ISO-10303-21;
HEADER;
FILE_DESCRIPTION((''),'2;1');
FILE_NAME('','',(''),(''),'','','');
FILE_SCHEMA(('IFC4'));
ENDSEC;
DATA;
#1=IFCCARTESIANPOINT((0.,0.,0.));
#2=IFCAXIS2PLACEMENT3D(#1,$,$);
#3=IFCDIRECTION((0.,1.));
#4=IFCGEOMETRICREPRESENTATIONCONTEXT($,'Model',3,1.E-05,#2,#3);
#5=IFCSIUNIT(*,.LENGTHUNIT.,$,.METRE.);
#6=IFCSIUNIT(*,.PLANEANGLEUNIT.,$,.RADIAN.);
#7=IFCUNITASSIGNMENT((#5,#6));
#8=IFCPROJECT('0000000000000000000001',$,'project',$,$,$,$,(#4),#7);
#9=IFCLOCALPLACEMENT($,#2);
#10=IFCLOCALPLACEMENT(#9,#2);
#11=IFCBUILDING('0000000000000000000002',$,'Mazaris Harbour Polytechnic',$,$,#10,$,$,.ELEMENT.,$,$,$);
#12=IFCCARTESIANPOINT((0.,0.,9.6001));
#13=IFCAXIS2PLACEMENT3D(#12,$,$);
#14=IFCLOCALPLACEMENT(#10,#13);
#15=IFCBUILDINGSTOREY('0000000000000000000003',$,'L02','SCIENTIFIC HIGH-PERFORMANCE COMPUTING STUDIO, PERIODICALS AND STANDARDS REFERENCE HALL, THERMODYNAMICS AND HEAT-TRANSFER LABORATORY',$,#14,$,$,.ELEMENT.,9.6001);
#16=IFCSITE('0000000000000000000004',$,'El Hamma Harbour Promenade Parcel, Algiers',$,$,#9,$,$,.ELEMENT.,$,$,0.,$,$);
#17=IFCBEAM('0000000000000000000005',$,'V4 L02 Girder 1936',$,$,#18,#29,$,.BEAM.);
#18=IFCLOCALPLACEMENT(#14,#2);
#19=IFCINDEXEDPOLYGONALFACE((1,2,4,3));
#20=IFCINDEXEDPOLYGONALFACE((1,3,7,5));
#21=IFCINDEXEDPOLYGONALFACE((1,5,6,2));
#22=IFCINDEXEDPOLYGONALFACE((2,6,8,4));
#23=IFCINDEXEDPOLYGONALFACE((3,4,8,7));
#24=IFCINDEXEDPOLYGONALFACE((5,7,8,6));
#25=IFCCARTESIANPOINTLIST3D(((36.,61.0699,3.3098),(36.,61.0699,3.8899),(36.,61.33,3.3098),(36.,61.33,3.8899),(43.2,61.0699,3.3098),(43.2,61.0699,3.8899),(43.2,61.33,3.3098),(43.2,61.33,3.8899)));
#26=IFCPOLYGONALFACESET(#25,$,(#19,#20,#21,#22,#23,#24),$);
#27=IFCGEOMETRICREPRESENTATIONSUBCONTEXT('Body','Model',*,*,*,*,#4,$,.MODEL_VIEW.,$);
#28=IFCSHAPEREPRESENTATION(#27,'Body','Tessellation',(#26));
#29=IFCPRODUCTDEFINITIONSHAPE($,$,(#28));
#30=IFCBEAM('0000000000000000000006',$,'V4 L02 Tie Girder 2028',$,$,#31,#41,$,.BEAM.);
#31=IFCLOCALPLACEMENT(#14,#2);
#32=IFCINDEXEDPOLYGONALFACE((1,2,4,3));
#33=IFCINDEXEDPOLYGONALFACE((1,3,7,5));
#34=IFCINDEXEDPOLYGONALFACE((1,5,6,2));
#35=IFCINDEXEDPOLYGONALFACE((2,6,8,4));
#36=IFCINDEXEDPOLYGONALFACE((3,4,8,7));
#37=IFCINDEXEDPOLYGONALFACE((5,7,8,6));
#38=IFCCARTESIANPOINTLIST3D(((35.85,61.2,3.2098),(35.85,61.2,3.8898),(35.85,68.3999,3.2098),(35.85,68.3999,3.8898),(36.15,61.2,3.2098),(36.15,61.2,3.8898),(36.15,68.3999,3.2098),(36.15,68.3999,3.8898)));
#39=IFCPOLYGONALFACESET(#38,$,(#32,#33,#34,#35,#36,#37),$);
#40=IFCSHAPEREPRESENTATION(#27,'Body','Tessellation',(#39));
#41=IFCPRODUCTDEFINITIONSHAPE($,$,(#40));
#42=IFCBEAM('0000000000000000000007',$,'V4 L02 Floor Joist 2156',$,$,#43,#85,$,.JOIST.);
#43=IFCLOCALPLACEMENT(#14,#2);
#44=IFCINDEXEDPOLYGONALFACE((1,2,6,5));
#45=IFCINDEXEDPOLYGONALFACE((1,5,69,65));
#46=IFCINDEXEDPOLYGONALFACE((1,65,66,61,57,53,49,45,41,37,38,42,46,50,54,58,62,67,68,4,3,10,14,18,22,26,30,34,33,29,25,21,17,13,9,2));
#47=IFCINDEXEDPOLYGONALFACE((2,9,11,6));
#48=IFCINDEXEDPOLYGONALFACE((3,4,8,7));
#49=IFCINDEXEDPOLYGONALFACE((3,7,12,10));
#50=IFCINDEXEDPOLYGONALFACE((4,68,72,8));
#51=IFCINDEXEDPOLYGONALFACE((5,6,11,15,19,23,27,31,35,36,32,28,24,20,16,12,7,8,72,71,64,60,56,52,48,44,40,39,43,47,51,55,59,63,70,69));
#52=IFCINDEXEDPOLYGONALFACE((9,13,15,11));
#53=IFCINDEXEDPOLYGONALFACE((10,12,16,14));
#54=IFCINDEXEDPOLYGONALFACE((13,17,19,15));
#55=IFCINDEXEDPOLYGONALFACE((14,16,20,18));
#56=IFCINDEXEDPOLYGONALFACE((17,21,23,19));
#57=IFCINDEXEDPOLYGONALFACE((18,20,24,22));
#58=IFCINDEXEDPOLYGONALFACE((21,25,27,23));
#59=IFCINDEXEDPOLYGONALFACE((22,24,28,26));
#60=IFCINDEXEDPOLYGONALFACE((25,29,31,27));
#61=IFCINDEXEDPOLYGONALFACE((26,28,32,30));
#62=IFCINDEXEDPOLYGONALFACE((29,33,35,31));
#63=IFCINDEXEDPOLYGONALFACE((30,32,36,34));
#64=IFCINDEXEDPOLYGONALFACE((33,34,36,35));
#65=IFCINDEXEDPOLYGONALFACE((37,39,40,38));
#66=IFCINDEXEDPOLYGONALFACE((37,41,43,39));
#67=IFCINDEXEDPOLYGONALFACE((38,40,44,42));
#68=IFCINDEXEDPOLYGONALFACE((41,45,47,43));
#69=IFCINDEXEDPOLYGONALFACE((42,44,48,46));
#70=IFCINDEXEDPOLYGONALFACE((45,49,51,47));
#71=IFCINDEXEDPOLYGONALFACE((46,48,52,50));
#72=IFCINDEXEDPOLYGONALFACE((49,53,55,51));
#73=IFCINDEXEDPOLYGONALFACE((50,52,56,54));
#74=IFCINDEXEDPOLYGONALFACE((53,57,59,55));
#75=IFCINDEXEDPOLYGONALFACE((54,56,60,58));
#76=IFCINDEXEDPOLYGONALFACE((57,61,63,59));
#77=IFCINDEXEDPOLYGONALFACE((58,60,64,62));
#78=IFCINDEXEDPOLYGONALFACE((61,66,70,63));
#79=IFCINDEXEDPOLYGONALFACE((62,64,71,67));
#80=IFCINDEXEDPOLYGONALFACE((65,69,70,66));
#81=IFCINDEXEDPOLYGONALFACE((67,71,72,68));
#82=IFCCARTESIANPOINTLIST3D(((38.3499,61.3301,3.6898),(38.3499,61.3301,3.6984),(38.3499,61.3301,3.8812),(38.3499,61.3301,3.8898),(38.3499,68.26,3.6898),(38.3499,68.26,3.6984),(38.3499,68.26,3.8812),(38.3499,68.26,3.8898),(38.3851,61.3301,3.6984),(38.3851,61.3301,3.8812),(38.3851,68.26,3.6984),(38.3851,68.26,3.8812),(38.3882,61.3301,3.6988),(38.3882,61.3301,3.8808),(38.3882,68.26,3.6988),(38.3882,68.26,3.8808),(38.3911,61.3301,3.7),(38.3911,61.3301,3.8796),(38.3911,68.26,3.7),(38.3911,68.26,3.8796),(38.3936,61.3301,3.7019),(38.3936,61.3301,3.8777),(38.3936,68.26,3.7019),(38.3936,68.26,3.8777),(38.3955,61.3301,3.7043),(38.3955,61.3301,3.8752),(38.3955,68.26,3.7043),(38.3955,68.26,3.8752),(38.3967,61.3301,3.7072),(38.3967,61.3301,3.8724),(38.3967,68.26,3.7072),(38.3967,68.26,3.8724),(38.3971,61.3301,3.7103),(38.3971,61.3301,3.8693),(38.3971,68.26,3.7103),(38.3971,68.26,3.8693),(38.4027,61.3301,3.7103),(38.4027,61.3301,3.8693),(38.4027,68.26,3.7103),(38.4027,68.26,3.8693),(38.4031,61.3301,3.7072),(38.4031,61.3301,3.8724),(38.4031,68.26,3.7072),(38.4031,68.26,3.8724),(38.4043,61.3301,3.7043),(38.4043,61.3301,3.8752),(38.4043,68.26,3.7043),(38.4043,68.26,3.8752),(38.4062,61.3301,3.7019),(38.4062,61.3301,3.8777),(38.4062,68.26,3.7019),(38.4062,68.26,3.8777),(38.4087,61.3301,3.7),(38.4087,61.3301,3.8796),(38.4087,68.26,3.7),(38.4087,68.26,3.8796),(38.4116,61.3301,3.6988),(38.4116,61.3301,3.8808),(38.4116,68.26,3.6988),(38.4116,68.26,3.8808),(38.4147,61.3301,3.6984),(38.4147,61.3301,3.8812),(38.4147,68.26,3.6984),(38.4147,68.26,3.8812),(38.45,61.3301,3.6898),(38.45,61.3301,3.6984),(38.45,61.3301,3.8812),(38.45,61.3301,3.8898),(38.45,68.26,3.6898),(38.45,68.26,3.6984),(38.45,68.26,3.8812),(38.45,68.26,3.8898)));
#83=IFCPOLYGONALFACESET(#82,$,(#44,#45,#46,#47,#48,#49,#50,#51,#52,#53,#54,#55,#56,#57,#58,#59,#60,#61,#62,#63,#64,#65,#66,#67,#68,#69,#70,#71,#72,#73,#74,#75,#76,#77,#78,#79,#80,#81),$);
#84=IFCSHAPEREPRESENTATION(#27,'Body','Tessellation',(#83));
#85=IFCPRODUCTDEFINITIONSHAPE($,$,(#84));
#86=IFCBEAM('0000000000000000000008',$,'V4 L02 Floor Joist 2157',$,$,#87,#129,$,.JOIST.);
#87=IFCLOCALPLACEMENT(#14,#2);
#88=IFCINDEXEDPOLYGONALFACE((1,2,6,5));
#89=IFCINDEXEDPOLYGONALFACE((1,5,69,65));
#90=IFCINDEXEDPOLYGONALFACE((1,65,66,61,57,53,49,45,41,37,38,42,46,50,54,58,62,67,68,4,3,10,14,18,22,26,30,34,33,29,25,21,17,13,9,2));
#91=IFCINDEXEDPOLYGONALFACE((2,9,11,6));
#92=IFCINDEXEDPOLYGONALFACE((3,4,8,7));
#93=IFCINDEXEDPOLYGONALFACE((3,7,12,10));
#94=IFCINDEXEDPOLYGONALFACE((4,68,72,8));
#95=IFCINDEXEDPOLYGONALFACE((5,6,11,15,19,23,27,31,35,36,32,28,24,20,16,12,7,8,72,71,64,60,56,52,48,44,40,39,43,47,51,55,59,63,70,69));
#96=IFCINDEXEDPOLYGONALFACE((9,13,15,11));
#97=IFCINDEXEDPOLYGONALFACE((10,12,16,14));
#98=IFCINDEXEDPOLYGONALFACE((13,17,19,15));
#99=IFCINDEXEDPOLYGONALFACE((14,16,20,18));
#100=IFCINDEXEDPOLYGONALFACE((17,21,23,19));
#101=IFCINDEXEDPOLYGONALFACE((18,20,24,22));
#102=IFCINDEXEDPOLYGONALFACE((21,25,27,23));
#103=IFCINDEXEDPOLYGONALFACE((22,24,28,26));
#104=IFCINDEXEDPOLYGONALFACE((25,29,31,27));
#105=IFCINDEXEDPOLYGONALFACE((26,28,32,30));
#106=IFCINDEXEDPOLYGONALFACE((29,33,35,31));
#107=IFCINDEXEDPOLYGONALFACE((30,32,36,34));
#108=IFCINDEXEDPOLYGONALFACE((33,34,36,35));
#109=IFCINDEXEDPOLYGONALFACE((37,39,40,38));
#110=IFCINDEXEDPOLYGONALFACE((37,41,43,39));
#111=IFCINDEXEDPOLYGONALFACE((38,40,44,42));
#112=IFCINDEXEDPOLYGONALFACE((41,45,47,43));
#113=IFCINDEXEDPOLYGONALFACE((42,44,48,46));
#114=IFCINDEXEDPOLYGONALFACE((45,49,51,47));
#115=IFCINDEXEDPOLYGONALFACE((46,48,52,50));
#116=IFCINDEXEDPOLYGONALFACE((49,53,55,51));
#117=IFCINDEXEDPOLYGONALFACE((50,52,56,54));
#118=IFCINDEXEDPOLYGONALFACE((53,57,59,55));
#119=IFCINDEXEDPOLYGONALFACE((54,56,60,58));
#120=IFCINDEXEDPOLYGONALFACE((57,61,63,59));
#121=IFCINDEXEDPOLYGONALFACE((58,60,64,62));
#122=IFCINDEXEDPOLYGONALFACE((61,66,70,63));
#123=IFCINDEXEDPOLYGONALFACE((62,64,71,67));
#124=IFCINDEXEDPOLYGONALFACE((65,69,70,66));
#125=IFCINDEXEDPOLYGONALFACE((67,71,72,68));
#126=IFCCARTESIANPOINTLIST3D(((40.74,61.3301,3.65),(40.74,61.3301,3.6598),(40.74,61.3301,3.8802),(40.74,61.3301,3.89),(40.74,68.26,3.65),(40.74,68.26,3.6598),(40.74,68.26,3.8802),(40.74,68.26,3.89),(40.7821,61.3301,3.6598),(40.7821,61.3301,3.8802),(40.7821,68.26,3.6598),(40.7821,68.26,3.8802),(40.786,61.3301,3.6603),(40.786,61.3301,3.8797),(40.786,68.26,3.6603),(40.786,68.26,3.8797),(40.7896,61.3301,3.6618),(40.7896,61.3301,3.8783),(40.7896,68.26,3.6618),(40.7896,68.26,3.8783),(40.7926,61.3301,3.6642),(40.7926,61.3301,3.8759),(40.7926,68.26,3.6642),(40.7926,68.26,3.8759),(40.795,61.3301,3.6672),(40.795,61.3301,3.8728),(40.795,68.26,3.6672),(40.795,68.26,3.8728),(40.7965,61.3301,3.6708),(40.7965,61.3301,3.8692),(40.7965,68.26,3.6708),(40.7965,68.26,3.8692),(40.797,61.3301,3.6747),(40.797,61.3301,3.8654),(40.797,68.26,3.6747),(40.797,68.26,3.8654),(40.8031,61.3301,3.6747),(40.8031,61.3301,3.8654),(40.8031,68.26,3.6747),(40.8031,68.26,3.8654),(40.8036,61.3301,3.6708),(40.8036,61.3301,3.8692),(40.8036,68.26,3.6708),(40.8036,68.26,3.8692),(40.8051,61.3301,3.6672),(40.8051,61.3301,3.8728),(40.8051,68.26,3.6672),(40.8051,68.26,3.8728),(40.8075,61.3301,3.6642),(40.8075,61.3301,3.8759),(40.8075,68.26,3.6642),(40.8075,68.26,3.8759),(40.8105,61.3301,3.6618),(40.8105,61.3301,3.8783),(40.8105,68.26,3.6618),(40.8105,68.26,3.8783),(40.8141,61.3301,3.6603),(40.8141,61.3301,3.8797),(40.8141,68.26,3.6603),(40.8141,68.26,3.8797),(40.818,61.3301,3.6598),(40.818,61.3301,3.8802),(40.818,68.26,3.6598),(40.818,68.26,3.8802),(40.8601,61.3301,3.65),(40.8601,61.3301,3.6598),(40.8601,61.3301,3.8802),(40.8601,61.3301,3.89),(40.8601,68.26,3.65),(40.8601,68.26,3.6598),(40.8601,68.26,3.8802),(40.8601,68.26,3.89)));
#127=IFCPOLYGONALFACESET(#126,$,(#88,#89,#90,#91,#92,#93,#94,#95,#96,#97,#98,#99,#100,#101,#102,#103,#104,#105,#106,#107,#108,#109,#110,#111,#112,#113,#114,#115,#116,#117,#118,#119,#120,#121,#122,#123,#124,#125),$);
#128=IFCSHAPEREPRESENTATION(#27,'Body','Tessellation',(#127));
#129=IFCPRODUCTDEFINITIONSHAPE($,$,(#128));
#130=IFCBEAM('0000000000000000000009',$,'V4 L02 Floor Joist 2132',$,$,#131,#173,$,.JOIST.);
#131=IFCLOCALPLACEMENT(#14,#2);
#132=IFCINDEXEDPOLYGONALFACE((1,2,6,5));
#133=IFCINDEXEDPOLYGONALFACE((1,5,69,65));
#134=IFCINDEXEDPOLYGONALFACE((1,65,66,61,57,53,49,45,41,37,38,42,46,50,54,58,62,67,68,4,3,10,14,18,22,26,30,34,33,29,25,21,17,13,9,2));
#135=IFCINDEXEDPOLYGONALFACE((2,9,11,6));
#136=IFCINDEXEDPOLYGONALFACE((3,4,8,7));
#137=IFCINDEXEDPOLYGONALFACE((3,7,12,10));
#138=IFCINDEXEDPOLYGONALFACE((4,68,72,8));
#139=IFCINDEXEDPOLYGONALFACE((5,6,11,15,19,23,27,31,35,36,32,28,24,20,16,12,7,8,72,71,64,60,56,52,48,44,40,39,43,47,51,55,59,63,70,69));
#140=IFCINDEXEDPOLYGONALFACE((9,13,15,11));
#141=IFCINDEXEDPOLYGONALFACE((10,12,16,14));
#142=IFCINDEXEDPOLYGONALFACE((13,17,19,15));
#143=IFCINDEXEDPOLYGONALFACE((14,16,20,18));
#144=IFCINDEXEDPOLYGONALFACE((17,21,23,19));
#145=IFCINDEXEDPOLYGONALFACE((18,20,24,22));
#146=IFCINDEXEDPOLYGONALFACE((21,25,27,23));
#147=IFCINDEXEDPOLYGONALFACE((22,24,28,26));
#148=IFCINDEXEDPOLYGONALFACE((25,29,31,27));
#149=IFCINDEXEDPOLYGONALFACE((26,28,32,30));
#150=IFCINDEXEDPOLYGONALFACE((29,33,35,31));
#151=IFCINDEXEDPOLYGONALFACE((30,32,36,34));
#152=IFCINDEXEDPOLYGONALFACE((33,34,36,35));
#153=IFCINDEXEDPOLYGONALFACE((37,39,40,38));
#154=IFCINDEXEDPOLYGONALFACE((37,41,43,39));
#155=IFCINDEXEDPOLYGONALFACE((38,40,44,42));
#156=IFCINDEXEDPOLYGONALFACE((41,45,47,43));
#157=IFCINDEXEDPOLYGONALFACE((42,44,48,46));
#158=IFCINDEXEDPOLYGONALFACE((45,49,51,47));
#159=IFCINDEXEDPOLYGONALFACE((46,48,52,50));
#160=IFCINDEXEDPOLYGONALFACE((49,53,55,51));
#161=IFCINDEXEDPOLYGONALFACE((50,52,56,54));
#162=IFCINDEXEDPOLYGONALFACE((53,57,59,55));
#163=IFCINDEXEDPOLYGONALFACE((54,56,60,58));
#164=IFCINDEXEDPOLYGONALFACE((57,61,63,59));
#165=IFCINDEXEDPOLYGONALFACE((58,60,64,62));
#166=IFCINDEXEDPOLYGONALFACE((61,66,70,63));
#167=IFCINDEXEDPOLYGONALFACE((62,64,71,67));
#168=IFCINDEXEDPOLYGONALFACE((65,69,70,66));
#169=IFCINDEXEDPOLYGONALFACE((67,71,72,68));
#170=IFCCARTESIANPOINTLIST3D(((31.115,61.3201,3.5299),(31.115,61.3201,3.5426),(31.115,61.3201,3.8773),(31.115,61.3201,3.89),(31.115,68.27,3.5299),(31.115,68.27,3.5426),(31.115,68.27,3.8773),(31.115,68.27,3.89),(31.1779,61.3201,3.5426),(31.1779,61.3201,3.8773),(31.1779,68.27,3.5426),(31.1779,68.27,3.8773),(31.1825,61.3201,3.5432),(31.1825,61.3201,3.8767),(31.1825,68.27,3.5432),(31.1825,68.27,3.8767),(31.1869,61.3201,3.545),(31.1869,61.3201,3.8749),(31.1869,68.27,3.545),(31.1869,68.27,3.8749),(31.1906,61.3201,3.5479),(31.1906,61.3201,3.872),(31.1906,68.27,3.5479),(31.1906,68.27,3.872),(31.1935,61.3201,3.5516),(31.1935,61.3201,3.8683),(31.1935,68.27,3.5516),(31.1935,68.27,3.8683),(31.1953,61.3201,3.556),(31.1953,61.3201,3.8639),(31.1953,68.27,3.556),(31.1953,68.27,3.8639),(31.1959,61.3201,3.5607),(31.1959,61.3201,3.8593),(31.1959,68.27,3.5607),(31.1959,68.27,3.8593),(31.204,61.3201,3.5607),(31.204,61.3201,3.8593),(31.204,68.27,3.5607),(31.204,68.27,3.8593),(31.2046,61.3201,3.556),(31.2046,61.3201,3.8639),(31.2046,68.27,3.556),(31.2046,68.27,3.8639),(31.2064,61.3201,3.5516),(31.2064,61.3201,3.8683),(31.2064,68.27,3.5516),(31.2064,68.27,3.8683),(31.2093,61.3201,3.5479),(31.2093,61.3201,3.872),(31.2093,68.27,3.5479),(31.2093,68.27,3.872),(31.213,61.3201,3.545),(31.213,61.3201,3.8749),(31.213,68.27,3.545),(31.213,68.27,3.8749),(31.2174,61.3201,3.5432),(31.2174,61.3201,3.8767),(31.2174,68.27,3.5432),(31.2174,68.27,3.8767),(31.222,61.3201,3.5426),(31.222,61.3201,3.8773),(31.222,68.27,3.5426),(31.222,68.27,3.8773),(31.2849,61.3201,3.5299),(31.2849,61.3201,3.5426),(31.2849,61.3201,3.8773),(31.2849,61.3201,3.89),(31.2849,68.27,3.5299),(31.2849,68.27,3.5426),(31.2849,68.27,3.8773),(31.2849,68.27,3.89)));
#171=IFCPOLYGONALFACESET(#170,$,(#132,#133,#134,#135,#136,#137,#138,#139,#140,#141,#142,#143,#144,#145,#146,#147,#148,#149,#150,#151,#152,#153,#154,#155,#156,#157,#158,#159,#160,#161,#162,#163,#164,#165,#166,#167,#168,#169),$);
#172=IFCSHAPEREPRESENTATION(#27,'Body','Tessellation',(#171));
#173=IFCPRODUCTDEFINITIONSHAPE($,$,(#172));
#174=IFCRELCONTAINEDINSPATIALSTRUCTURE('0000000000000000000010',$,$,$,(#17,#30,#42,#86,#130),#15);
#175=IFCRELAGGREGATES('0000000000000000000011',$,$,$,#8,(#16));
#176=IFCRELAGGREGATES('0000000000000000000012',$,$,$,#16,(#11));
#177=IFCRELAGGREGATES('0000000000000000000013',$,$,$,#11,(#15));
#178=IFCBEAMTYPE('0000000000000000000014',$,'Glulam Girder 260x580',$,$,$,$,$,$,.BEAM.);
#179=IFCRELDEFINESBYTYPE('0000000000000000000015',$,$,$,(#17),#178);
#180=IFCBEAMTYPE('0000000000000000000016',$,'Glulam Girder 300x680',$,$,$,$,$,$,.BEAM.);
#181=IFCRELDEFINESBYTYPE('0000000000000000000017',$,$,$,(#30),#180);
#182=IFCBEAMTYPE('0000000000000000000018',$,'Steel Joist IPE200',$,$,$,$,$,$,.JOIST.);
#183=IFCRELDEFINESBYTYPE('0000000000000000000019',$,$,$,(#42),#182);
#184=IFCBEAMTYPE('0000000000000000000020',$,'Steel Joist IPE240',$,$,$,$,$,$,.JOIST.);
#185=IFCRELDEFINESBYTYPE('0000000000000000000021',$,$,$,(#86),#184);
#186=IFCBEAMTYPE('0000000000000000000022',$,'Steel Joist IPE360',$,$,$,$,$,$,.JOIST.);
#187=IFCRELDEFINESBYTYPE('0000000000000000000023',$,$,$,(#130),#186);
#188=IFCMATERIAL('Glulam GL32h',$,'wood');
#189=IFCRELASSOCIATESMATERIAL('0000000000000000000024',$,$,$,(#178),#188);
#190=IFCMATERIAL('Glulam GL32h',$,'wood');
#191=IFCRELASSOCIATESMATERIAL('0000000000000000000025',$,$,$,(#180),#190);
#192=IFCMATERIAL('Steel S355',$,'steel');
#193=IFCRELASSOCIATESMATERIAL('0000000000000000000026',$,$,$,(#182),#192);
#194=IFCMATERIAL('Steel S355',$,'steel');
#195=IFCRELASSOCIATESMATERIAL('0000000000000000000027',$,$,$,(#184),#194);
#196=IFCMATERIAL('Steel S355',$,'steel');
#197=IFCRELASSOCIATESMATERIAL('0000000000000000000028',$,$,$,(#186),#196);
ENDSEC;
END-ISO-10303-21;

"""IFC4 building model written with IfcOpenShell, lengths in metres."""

from ifc_helpers import new_model, si_unit, direction, frame, origin, origin_2d, place, context, subcontext, project, spatial, rectangle, i_section, extrude, material, material_profile, profile_set, type_object, element, save


model = new_model("IFC4")

# Units and contexts
model_context = context("Model", 3, precision=1e-05, world=origin(), true_north=direction((0.0, 1.0)))
body_context = subcontext(model_context, "Body", "Model", "MODEL_VIEW")
ifc_project = project(units=[si_unit("LENGTHUNIT", "METRE"), si_unit("PLANEANGLEUNIT", "RADIAN")], contexts=[model_context])

# Site, building, storey
site_placement = place(None, origin())
site = spatial("IfcSite", under=ifc_project, at=site_placement, Name="El Hamma Harbour Promenade Parcel, Algiers", CompositionType="ELEMENT", RefElevation=0.0)
building_placement = place(site_placement, origin())
building = spatial("IfcBuilding", under=site, at=building_placement, Name="Mazaris Harbour Polytechnic", CompositionType="ELEMENT")
storey_placement = place(building_placement, frame((0.0, 0.0, 9.6001)))
storey = spatial("IfcBuildingStorey", under=building, at=storey_placement, Name="L02", Description="SCIENTIFIC HIGH-PERFORMANCE COMPUTING STUDIO, PERIODICALS AND STANDARDS REFERENCE HALL, THERMODYNAMICS AND HEAT-TRANSFER LABORATORY", CompositionType="ELEMENT", Elevation=9.6001)

# Beams
ifc_material_1 = material(Name="Glulam GL32h", Category="wood")
ifc_material_profile_1 = material_profile(ifc_material_1, rectangle(XDim=0.26, YDim=0.5801, at=origin_2d()), Name="RECT260x580")
ifc_profile_set_1 = profile_set([ifc_material_profile_1], Name="Glulam GL32h")
beam_type_1 = type_object("IfcBeamType", Name="Glulam Girder 260x580", PredefinedType="BEAM", material=ifc_profile_set_1)
beam_1_placement = place(storey_placement, frame((36.0, 61.2, 3.5999), z_axis=(1.0, 0.0, 0.0), x_axis=(0.0, 1.0, 0.0)))
element("IfcBeam", 1, at=beam_1_placement, inside=storey, type_object=beam_type_1, Name="V4 L02 Girder 1936", PredefinedType="BEAM", context=body_context, shape_type="SweptSolid", body=[
    extrude(rectangle(XDim=0.26, YDim=0.5801, at=origin_2d()), origin(), (0.0, 0.0, 1.0), 7.2),
])
ifc_material_2 = material(Name="Glulam GL32h", Category="wood")
ifc_material_profile_2 = material_profile(ifc_material_2, rectangle(XDim=0.3, YDim=0.6799, at=origin_2d()), Name="RECT300x680")
ifc_profile_set_2 = profile_set([ifc_material_profile_2], Name="Glulam GL32h")
beam_type_2 = type_object("IfcBeamType", Name="Glulam Girder 300x680", PredefinedType="BEAM", material=ifc_profile_set_2)
beam_2_placement = place(storey_placement, frame((36.0, 61.2, 3.5498), z_axis=(0.0, 1.0, 0.0), x_axis=(-1.0, 0.0, 0.0)))
element("IfcBeam", 2, at=beam_2_placement, inside=storey, type_object=beam_type_2, Name="V4 L02 Tie Girder 2028", PredefinedType="BEAM", context=body_context, shape_type="SweptSolid", body=[
    extrude(rectangle(XDim=0.3, YDim=0.6799, at=origin_2d()), origin(), (0.0, 0.0, 1.0), 7.2),
])
ifc_material_3 = material(Name="Steel S355", Category="steel")
ifc_material_profile_3 = material_profile(ifc_material_3, i_section(OverallWidth=0.1001, OverallDepth=0.2, WebThickness=0.0056, FlangeThickness=0.0085, FilletRadius=0.012, at=origin_2d()), Name="IPE 200")
ifc_profile_set_3 = profile_set([ifc_material_profile_3], Name="Steel S355")
beam_type_3 = type_object("IfcBeamType", Name="Steel Joist IPE200", PredefinedType="JOIST", material=ifc_profile_set_3)
beam_3_placement = place(storey_placement, frame((38.3999, 61.3301, 3.7898), z_axis=(0.0, 1.0, 0.0), x_axis=(-1.0, 0.0, 0.0)))
element("IfcBeam", 3, at=beam_3_placement, inside=storey, type_object=beam_type_3, Name="V4 L02 Floor Joist 2156", PredefinedType="JOIST", context=body_context, shape_type="SweptSolid", body=[
    extrude(i_section(OverallWidth=0.1001, OverallDepth=0.2, WebThickness=0.0056, FlangeThickness=0.0085, FilletRadius=0.012, at=origin_2d()), origin(), (0.0, 0.0, 1.0), 6.9299),
])
ifc_material_4 = material(Name="Steel S355", Category="steel")
ifc_material_profile_4 = material_profile(ifc_material_4, i_section(OverallWidth=0.1201, OverallDepth=0.24, WebThickness=0.0061, FlangeThickness=0.0098, FilletRadius=0.0149, at=origin_2d()), Name="IPE 240")
ifc_profile_set_4 = profile_set([ifc_material_profile_4], Name="Steel S355")
beam_type_4 = type_object("IfcBeamType", Name="Steel Joist IPE240", PredefinedType="JOIST", material=ifc_profile_set_4)
beam_4_placement = place(storey_placement, frame((40.8, 61.3301, 3.77), z_axis=(0.0, 1.0, 0.0), x_axis=(-1.0, 0.0, 0.0)))
element("IfcBeam", 4, at=beam_4_placement, inside=storey, type_object=beam_type_4, Name="V4 L02 Floor Joist 2157", PredefinedType="JOIST", context=body_context, shape_type="SweptSolid", body=[
    extrude(i_section(OverallWidth=0.1201, OverallDepth=0.24, WebThickness=0.0061, FlangeThickness=0.0098, FilletRadius=0.0149, at=origin_2d()), origin(), (0.0, 0.0, 1.0), 6.9299),
])
ifc_material_5 = material(Name="Steel S355", Category="steel")
ifc_material_profile_5 = material_profile(ifc_material_5, i_section(OverallWidth=0.1699, OverallDepth=0.3601, WebThickness=0.0081, FlangeThickness=0.0127, FilletRadius=0.0181, at=origin_2d()), Name="IPE 360")
ifc_profile_set_5 = profile_set([ifc_material_profile_5], Name="Steel S355")
beam_type_5 = type_object("IfcBeamType", Name="Steel Joist IPE360", PredefinedType="JOIST", material=ifc_profile_set_5)
beam_5_placement = place(storey_placement, frame((31.2, 61.3201, 3.71), z_axis=(0.0, 1.0, 0.0), x_axis=(-1.0, 0.0, 0.0)))
element("IfcBeam", 5, at=beam_5_placement, inside=storey, type_object=beam_type_5, Name="V4 L02 Floor Joist 2132", PredefinedType="JOIST", context=body_context, shape_type="SweptSolid", body=[
    extrude(i_section(OverallWidth=0.1699, OverallDepth=0.3601, WebThickness=0.0081, FlangeThickness=0.0127, FilletRadius=0.0181, at=origin_2d()), origin(), (0.0, 0.0, 1.0), 6.95),
])

save(model, "model.ifc")
